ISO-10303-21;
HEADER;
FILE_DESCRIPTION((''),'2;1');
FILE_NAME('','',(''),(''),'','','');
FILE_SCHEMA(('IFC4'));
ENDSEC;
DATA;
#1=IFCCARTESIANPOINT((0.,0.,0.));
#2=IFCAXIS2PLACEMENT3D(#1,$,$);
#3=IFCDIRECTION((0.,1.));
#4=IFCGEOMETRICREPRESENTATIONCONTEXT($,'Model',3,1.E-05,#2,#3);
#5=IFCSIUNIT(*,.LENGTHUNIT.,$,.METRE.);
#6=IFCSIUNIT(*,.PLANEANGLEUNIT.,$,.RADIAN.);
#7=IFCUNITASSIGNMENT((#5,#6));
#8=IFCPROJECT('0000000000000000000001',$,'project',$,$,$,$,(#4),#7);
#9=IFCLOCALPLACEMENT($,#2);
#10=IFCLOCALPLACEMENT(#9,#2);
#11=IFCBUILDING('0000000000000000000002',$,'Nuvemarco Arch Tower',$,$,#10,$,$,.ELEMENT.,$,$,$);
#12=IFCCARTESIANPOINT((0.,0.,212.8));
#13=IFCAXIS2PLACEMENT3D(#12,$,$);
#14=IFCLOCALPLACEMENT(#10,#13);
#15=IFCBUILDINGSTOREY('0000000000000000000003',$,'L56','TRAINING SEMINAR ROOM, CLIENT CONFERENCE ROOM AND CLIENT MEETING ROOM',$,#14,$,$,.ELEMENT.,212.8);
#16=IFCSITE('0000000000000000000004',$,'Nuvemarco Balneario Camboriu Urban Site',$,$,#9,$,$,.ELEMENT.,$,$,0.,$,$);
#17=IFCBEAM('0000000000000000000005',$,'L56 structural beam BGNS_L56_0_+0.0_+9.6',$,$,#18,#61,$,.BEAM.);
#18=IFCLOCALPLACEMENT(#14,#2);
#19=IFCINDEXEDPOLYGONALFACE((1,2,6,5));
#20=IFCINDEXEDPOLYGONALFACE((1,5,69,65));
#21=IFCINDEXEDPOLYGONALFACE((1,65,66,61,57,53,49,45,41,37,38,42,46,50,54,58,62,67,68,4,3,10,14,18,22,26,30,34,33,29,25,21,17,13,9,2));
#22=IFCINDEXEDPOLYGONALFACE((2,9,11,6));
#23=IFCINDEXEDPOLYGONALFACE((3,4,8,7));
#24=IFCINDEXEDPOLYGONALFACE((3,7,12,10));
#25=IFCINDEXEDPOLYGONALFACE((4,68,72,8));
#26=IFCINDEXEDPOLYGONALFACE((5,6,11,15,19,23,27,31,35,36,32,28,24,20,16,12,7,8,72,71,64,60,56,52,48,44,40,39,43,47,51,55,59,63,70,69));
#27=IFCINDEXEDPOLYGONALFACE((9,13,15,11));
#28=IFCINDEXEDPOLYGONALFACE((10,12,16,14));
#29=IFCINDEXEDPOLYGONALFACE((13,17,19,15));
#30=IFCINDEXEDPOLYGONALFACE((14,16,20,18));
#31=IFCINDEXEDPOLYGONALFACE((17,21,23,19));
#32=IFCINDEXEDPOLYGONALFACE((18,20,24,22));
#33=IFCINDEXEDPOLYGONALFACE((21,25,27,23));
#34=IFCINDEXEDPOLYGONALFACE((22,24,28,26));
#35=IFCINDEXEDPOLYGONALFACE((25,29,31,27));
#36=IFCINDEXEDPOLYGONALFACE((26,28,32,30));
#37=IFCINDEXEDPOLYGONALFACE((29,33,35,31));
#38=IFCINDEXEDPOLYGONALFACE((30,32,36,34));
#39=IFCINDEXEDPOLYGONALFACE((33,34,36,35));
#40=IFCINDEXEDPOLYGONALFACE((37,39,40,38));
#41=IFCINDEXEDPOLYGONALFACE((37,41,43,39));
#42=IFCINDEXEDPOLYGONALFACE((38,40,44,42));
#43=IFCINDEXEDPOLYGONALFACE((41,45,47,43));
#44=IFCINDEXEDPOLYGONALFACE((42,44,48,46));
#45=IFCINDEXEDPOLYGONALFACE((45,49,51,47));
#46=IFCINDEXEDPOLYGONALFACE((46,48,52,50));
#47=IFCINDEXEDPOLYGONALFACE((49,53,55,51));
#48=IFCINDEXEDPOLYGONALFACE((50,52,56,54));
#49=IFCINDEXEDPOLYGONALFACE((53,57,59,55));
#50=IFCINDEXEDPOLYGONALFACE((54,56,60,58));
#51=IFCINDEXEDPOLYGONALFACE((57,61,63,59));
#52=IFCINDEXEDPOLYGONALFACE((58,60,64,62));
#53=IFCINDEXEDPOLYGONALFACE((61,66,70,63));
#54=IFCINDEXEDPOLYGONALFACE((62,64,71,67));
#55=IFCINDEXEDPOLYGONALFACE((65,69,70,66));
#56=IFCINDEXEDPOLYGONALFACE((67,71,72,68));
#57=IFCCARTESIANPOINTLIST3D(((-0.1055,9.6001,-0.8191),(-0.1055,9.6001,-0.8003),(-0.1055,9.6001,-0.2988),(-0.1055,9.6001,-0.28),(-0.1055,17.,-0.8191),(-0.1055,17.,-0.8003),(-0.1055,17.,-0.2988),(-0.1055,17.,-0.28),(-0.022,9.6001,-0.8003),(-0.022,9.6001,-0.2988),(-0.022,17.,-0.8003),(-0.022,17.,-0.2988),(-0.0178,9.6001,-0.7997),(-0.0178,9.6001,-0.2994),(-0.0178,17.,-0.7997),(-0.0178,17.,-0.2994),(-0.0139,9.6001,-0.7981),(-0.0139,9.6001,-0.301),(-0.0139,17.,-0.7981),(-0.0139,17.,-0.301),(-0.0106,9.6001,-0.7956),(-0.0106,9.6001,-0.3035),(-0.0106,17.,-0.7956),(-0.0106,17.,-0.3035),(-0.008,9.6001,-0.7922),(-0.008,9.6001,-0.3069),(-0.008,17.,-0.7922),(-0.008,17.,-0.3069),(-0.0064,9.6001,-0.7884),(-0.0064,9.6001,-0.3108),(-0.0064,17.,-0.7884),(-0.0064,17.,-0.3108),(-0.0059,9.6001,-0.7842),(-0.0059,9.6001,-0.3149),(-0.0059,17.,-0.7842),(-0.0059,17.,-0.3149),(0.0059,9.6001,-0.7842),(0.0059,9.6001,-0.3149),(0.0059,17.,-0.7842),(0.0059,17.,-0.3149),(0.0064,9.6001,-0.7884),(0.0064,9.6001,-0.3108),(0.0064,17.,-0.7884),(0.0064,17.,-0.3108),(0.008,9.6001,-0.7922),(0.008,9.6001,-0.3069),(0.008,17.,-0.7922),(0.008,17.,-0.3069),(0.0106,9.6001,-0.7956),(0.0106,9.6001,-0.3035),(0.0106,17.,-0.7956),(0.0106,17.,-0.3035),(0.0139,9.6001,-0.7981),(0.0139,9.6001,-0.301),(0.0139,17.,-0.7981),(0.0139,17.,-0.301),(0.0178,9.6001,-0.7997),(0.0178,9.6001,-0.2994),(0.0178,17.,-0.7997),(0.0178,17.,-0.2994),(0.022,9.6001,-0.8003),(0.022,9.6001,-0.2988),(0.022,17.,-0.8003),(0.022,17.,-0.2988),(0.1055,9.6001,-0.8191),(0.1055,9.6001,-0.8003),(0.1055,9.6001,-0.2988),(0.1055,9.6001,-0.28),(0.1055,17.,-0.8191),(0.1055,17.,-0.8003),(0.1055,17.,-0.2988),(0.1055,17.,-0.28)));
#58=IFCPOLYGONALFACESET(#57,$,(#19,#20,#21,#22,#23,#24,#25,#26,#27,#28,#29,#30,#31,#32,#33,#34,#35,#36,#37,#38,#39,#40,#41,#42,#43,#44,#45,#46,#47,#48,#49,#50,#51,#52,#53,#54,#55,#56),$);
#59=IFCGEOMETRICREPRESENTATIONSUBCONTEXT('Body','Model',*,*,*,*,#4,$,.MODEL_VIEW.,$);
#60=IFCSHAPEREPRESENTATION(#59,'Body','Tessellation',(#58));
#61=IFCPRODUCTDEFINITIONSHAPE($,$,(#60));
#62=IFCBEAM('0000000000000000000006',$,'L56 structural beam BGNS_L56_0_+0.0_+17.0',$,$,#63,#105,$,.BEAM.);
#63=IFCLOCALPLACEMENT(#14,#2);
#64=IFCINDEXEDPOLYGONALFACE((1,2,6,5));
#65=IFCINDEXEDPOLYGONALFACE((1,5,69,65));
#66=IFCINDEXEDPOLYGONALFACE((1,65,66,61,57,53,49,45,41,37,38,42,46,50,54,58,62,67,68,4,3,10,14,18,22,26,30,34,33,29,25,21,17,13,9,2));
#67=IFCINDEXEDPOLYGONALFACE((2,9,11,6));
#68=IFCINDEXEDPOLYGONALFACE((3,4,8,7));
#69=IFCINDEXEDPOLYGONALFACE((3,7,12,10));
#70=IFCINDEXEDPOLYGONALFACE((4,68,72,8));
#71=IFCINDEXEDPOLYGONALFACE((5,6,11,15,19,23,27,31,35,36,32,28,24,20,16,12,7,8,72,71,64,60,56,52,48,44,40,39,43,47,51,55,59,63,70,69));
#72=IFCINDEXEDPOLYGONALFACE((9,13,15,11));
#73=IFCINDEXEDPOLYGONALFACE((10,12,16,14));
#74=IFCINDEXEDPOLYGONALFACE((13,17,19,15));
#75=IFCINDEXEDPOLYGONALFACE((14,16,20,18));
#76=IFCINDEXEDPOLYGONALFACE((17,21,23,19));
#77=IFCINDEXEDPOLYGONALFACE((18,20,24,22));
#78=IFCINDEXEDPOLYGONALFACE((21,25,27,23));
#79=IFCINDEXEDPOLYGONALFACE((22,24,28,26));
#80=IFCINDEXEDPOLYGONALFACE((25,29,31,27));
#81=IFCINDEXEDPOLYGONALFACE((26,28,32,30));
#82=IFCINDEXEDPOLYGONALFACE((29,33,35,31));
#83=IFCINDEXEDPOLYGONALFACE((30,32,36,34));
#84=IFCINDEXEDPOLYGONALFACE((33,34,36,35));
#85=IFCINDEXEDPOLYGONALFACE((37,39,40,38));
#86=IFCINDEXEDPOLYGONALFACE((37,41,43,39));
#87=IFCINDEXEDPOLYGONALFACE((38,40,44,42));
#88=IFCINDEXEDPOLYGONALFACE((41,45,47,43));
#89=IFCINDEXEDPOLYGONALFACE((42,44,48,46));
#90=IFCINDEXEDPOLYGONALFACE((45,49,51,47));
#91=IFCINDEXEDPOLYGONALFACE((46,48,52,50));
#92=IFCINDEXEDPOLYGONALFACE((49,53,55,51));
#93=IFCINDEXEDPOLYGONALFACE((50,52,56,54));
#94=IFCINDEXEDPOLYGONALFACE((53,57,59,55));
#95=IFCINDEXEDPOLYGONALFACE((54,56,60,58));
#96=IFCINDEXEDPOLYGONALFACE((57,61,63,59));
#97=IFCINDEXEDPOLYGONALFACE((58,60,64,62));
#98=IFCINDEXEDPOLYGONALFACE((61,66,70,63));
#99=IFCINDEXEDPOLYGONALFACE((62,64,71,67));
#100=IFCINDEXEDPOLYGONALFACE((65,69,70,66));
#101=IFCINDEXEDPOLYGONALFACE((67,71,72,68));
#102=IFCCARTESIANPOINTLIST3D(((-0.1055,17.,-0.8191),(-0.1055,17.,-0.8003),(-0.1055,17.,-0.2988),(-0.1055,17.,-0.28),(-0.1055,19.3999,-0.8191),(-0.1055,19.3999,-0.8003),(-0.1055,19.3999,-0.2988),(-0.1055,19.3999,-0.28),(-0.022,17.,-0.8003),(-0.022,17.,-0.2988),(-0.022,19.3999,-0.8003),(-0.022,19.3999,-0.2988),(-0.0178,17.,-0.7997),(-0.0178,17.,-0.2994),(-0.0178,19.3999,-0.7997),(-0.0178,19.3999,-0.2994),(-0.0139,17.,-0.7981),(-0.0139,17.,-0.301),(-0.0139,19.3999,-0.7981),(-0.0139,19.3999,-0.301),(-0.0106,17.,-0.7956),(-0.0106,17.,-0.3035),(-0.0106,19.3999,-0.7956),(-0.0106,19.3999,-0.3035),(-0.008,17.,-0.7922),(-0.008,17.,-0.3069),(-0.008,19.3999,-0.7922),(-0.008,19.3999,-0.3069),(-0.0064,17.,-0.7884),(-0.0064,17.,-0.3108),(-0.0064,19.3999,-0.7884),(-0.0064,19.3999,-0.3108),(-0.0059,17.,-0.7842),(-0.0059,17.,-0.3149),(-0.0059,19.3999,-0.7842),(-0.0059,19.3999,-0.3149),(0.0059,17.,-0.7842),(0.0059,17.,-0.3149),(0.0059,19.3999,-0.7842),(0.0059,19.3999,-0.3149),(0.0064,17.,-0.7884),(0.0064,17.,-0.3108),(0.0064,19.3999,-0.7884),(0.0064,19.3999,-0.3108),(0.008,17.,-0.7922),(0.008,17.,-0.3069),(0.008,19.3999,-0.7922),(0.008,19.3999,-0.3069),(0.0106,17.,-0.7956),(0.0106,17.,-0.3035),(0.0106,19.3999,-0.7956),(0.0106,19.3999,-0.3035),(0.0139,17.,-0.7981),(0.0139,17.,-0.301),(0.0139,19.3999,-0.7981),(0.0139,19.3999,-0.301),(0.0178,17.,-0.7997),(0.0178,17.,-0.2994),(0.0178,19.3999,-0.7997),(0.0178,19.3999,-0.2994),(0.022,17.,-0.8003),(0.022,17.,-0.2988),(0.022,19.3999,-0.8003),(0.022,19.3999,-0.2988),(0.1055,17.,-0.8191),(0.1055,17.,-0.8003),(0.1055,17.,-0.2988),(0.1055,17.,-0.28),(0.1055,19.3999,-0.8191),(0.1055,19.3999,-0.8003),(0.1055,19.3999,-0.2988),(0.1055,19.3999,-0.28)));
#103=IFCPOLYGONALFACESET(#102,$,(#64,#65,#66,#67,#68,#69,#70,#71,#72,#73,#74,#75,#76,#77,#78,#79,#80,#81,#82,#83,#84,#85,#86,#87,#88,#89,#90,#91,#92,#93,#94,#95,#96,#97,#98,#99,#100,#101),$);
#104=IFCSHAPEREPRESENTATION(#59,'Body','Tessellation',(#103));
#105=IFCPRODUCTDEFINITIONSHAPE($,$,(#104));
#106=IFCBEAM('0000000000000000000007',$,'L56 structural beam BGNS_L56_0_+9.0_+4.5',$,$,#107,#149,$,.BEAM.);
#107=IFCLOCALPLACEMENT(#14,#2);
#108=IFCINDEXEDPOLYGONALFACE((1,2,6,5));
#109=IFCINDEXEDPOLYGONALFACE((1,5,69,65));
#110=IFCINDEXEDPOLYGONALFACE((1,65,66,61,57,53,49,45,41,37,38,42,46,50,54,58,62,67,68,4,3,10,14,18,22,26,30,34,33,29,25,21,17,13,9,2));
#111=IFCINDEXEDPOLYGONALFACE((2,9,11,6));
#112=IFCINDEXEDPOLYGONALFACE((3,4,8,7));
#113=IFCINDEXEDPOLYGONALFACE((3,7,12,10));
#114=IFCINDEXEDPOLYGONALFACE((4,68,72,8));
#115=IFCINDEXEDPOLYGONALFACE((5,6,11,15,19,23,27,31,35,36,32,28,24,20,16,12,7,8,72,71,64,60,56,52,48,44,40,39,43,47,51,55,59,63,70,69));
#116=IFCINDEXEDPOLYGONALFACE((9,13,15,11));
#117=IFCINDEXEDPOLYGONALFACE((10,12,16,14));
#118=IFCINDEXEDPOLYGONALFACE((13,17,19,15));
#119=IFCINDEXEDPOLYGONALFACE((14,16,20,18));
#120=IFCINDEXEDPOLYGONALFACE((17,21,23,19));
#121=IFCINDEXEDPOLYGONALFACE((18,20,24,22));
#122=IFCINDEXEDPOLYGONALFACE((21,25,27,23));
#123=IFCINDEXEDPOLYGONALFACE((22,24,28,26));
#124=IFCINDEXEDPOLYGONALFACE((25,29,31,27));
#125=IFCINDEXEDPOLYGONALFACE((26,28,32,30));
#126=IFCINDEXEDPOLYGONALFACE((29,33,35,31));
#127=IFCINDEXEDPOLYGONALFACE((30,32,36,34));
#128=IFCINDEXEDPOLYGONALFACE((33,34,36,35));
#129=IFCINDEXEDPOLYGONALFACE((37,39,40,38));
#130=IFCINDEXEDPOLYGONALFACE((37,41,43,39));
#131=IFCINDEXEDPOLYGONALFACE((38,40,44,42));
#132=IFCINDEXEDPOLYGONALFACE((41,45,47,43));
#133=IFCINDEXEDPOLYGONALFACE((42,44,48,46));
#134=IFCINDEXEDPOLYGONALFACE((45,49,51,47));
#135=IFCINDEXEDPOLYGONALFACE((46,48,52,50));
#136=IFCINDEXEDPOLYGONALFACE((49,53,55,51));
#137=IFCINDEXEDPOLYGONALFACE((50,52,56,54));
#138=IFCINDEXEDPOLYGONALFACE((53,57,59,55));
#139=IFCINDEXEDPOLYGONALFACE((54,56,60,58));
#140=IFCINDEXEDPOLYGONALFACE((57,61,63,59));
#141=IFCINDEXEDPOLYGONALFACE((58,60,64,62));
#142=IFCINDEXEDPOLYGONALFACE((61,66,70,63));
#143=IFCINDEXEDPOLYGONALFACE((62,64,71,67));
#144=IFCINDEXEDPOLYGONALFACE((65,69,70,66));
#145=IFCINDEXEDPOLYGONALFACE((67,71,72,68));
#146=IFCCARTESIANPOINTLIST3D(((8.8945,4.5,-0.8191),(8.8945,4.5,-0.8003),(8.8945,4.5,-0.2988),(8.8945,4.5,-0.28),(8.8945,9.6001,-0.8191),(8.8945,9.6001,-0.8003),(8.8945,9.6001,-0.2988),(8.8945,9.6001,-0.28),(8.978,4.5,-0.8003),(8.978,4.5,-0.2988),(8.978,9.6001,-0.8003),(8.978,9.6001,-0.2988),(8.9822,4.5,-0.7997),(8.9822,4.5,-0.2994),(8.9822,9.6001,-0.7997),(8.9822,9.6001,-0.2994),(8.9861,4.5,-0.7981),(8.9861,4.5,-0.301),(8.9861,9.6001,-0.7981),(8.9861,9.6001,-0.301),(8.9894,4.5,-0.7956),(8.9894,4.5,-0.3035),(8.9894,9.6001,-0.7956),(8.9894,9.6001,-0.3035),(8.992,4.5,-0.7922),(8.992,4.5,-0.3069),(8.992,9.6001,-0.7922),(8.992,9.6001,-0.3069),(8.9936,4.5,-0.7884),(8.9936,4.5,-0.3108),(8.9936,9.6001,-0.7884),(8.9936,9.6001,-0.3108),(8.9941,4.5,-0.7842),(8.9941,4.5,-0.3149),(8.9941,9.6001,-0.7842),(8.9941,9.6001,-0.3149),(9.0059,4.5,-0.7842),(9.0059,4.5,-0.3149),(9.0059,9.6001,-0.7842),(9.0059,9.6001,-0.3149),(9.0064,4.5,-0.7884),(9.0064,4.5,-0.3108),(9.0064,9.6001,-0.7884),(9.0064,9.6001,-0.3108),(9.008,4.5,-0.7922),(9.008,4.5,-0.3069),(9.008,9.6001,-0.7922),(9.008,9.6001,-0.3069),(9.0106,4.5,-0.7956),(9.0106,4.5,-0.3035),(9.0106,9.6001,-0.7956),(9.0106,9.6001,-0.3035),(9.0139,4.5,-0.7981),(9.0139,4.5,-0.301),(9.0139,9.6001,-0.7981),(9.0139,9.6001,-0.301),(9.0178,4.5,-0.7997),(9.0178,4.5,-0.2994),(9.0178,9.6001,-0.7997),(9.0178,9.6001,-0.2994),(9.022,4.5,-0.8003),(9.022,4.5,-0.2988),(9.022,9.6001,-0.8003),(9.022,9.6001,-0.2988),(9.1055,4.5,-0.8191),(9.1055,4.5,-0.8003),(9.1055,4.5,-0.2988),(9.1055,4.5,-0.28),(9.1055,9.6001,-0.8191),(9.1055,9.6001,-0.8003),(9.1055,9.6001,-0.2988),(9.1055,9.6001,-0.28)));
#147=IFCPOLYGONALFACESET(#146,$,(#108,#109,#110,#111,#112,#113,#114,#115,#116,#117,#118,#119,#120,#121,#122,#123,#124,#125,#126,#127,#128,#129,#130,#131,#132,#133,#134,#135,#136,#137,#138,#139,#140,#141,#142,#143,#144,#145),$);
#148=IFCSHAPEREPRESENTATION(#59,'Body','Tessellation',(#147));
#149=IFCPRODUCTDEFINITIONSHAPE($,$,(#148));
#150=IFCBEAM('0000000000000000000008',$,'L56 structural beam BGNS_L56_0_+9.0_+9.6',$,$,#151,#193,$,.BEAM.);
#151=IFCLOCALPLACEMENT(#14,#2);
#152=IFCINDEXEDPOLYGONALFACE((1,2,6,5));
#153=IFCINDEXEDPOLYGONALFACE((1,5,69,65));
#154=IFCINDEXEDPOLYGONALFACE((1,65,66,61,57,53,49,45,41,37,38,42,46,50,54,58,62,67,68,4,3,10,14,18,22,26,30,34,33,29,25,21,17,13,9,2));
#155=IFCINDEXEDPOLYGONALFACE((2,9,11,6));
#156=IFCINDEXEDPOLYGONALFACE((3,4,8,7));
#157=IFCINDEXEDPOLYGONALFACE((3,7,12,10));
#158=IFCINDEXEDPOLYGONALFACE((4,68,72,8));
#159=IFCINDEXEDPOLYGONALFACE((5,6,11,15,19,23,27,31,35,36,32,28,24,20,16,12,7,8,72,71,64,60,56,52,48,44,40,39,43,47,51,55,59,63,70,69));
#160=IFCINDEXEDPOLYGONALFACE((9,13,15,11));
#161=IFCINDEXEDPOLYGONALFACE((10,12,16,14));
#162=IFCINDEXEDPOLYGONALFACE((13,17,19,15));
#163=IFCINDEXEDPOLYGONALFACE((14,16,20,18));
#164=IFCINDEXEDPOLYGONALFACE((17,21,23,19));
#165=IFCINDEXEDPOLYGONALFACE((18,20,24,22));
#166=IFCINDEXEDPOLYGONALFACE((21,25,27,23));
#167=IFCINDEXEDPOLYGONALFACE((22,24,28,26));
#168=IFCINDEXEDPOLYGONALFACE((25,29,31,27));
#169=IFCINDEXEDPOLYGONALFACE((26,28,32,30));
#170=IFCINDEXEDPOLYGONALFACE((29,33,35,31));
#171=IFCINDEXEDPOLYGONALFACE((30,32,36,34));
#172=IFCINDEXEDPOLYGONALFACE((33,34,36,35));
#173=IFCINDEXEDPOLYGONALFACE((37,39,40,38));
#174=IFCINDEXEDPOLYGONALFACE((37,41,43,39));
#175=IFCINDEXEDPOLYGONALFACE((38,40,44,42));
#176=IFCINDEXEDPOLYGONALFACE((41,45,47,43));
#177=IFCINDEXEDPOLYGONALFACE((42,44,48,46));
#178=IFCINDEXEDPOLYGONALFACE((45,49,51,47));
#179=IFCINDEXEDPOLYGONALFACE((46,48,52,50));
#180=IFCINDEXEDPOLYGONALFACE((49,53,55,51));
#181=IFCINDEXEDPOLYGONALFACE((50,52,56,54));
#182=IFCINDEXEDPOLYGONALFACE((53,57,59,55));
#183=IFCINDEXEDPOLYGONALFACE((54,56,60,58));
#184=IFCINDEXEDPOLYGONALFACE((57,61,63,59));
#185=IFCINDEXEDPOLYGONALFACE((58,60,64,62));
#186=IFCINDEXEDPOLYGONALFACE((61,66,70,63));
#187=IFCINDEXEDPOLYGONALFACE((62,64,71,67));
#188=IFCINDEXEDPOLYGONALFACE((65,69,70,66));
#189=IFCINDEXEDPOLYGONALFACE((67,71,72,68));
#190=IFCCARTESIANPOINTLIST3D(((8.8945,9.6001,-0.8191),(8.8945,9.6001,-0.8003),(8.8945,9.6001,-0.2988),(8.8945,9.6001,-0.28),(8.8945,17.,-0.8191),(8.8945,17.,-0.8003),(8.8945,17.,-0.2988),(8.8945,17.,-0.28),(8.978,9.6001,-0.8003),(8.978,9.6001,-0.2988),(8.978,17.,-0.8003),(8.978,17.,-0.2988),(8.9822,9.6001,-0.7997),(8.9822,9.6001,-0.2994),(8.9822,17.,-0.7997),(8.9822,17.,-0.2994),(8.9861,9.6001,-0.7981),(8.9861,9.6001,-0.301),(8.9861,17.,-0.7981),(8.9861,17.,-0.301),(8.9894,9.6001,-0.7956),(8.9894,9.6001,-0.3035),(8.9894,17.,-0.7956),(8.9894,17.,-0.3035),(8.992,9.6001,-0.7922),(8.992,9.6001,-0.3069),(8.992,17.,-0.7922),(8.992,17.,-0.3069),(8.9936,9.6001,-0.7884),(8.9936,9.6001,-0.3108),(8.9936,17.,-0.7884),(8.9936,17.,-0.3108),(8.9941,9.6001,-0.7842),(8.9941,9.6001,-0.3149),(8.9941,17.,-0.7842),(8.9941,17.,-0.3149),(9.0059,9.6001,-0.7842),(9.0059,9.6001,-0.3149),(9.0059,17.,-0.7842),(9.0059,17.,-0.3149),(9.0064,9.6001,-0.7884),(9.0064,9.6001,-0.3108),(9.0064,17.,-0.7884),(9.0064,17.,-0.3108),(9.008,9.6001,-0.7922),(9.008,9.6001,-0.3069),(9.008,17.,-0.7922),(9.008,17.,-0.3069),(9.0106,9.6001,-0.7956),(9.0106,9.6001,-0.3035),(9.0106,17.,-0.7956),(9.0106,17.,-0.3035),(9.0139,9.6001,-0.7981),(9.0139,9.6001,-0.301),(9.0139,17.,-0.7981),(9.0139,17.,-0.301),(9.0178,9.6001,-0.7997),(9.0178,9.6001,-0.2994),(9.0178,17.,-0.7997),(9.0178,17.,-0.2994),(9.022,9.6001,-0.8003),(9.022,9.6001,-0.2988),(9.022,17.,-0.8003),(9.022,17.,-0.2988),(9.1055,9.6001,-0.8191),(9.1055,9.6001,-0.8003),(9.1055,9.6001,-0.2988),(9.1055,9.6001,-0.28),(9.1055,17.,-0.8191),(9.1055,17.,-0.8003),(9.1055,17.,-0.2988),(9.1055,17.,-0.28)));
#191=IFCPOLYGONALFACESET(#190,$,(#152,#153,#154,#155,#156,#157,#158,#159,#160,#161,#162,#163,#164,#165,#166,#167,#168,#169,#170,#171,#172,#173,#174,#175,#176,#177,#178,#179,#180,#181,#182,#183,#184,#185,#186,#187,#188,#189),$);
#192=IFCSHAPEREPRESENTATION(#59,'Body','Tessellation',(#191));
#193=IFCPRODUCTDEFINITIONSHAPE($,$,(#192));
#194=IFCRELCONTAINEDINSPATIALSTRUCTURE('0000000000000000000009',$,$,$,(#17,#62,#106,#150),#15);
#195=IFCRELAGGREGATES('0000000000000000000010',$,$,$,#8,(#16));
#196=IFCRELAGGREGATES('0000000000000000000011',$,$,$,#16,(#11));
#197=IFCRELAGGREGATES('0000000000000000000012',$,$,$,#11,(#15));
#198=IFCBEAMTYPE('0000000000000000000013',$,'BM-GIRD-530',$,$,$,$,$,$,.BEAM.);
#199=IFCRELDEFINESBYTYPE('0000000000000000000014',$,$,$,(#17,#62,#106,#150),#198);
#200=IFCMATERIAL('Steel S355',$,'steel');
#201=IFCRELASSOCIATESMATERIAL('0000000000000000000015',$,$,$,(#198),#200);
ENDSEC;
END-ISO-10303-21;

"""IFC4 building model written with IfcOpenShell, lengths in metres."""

from ifc_helpers import new_model, si_unit, direction, frame, origin, origin_2d, place, context, subcontext, project, spatial, i_section, extrude, material, material_profile, profile_set, type_object, element, save


model = new_model("IFC4")

# Units and contexts
model_context = context("Model", 3, precision=1e-05, world=origin(), true_north=direction((0.0, 1.0)))
body_context = subcontext(model_context, "Body", "Model", "MODEL_VIEW")
ifc_project = project(units=[si_unit("LENGTHUNIT", "METRE"), si_unit("PLANEANGLEUNIT", "RADIAN")], contexts=[model_context])

# Site, building, storey
site_placement = place(None, origin())
site = spatial("IfcSite", under=ifc_project, at=site_placement, Name="Nuvemarco Balneario Camboriu Urban Site", CompositionType="ELEMENT", RefElevation=0.0)
building_placement = place(site_placement, origin())
building = spatial("IfcBuilding", under=site, at=building_placement, Name="Nuvemarco Arch Tower", CompositionType="ELEMENT")
storey_placement = place(building_placement, frame((0.0, 0.0, 212.8)))
storey = spatial("IfcBuildingStorey", under=building, at=storey_placement, Name="L56", Description="TRAINING SEMINAR ROOM, CLIENT CONFERENCE ROOM AND CLIENT MEETING ROOM", CompositionType="ELEMENT", Elevation=212.8)

# Shared definitions
ifc_material_1 = material(Name="Steel S355", Category="steel")

# Beams
ifc_material_profile_1 = material_profile(ifc_material_1, i_section(OverallWidth=0.2109, OverallDepth=0.5391, WebThickness=0.0117, FlangeThickness=0.0188, FilletRadius=0.0161, at=origin_2d()), Name="W530x109")
ifc_profile_set_1 = profile_set([ifc_material_profile_1], Name="Steel S355")
beam_type_1 = type_object("IfcBeamType", Name="BM-GIRD-530", PredefinedType="BEAM", material=ifc_profile_set_1)
beam_1_placement = place(storey_placement, frame((0.0, 9.6001, -0.5496), z_axis=(0.0, 1.0, 0.0), x_axis=(-1.0, 0.0, 0.0)))
element("IfcBeam", 1, at=beam_1_placement, inside=storey, type_object=beam_type_1, Name="L56 structural beam BGNS_L56_0_+0.0_+9.6", PredefinedType="BEAM", context=body_context, shape_type="SweptSolid", body=[
    extrude(i_section(OverallWidth=0.2109, OverallDepth=0.5391, WebThickness=0.0117, FlangeThickness=0.0188, FilletRadius=0.0161, at=origin_2d()), origin(), (0.0, 0.0, 1.0), 7.3999),
])
beam_2_placement = place(storey_placement, frame((0.0, 17.0, -0.5496), z_axis=(0.0, 1.0, 0.0), x_axis=(-1.0, 0.0, 0.0)))
element("IfcBeam", 2, at=beam_2_placement, inside=storey, type_object=beam_type_1, Name="L56 structural beam BGNS_L56_0_+0.0_+17.0", PredefinedType="BEAM", context=body_context, shape_type="SweptSolid", body=[
    extrude(i_section(OverallWidth=0.2109, OverallDepth=0.5391, WebThickness=0.0117, FlangeThickness=0.0188, FilletRadius=0.0161, at=origin_2d()), origin(), (0.0, 0.0, 1.0), 2.3999),
])
beam_3_placement = place(storey_placement, frame((9.0, 4.5, -0.5496), z_axis=(0.0, 1.0, 0.0), x_axis=(-1.0, 0.0, 0.0)))
element("IfcBeam", 3, at=beam_3_placement, inside=storey, type_object=beam_type_1, Name="L56 structural beam BGNS_L56_0_+9.0_+4.5", PredefinedType="BEAM", context=body_context, shape_type="SweptSolid", body=[
    extrude(i_section(OverallWidth=0.2109, OverallDepth=0.5391, WebThickness=0.0117, FlangeThickness=0.0188, FilletRadius=0.0161, at=origin_2d()), origin(), (0.0, 0.0, 1.0), 5.1001),
])
beam_4_placement = place(storey_placement, frame((9.0, 9.6001, -0.5496), z_axis=(0.0, 1.0, 0.0), x_axis=(-1.0, 0.0, 0.0)))
element("IfcBeam", 4, at=beam_4_placement, inside=storey, type_object=beam_type_1, Name="L56 structural beam BGNS_L56_0_+9.0_+9.6", PredefinedType="BEAM", context=body_context, shape_type="SweptSolid", body=[
    extrude(i_section(OverallWidth=0.2109, OverallDepth=0.5391, WebThickness=0.0117, FlangeThickness=0.0188, FilletRadius=0.0161, at=origin_2d()), origin(), (0.0, 0.0, 1.0), 7.3999),
])

save(model, "model.ifc")
